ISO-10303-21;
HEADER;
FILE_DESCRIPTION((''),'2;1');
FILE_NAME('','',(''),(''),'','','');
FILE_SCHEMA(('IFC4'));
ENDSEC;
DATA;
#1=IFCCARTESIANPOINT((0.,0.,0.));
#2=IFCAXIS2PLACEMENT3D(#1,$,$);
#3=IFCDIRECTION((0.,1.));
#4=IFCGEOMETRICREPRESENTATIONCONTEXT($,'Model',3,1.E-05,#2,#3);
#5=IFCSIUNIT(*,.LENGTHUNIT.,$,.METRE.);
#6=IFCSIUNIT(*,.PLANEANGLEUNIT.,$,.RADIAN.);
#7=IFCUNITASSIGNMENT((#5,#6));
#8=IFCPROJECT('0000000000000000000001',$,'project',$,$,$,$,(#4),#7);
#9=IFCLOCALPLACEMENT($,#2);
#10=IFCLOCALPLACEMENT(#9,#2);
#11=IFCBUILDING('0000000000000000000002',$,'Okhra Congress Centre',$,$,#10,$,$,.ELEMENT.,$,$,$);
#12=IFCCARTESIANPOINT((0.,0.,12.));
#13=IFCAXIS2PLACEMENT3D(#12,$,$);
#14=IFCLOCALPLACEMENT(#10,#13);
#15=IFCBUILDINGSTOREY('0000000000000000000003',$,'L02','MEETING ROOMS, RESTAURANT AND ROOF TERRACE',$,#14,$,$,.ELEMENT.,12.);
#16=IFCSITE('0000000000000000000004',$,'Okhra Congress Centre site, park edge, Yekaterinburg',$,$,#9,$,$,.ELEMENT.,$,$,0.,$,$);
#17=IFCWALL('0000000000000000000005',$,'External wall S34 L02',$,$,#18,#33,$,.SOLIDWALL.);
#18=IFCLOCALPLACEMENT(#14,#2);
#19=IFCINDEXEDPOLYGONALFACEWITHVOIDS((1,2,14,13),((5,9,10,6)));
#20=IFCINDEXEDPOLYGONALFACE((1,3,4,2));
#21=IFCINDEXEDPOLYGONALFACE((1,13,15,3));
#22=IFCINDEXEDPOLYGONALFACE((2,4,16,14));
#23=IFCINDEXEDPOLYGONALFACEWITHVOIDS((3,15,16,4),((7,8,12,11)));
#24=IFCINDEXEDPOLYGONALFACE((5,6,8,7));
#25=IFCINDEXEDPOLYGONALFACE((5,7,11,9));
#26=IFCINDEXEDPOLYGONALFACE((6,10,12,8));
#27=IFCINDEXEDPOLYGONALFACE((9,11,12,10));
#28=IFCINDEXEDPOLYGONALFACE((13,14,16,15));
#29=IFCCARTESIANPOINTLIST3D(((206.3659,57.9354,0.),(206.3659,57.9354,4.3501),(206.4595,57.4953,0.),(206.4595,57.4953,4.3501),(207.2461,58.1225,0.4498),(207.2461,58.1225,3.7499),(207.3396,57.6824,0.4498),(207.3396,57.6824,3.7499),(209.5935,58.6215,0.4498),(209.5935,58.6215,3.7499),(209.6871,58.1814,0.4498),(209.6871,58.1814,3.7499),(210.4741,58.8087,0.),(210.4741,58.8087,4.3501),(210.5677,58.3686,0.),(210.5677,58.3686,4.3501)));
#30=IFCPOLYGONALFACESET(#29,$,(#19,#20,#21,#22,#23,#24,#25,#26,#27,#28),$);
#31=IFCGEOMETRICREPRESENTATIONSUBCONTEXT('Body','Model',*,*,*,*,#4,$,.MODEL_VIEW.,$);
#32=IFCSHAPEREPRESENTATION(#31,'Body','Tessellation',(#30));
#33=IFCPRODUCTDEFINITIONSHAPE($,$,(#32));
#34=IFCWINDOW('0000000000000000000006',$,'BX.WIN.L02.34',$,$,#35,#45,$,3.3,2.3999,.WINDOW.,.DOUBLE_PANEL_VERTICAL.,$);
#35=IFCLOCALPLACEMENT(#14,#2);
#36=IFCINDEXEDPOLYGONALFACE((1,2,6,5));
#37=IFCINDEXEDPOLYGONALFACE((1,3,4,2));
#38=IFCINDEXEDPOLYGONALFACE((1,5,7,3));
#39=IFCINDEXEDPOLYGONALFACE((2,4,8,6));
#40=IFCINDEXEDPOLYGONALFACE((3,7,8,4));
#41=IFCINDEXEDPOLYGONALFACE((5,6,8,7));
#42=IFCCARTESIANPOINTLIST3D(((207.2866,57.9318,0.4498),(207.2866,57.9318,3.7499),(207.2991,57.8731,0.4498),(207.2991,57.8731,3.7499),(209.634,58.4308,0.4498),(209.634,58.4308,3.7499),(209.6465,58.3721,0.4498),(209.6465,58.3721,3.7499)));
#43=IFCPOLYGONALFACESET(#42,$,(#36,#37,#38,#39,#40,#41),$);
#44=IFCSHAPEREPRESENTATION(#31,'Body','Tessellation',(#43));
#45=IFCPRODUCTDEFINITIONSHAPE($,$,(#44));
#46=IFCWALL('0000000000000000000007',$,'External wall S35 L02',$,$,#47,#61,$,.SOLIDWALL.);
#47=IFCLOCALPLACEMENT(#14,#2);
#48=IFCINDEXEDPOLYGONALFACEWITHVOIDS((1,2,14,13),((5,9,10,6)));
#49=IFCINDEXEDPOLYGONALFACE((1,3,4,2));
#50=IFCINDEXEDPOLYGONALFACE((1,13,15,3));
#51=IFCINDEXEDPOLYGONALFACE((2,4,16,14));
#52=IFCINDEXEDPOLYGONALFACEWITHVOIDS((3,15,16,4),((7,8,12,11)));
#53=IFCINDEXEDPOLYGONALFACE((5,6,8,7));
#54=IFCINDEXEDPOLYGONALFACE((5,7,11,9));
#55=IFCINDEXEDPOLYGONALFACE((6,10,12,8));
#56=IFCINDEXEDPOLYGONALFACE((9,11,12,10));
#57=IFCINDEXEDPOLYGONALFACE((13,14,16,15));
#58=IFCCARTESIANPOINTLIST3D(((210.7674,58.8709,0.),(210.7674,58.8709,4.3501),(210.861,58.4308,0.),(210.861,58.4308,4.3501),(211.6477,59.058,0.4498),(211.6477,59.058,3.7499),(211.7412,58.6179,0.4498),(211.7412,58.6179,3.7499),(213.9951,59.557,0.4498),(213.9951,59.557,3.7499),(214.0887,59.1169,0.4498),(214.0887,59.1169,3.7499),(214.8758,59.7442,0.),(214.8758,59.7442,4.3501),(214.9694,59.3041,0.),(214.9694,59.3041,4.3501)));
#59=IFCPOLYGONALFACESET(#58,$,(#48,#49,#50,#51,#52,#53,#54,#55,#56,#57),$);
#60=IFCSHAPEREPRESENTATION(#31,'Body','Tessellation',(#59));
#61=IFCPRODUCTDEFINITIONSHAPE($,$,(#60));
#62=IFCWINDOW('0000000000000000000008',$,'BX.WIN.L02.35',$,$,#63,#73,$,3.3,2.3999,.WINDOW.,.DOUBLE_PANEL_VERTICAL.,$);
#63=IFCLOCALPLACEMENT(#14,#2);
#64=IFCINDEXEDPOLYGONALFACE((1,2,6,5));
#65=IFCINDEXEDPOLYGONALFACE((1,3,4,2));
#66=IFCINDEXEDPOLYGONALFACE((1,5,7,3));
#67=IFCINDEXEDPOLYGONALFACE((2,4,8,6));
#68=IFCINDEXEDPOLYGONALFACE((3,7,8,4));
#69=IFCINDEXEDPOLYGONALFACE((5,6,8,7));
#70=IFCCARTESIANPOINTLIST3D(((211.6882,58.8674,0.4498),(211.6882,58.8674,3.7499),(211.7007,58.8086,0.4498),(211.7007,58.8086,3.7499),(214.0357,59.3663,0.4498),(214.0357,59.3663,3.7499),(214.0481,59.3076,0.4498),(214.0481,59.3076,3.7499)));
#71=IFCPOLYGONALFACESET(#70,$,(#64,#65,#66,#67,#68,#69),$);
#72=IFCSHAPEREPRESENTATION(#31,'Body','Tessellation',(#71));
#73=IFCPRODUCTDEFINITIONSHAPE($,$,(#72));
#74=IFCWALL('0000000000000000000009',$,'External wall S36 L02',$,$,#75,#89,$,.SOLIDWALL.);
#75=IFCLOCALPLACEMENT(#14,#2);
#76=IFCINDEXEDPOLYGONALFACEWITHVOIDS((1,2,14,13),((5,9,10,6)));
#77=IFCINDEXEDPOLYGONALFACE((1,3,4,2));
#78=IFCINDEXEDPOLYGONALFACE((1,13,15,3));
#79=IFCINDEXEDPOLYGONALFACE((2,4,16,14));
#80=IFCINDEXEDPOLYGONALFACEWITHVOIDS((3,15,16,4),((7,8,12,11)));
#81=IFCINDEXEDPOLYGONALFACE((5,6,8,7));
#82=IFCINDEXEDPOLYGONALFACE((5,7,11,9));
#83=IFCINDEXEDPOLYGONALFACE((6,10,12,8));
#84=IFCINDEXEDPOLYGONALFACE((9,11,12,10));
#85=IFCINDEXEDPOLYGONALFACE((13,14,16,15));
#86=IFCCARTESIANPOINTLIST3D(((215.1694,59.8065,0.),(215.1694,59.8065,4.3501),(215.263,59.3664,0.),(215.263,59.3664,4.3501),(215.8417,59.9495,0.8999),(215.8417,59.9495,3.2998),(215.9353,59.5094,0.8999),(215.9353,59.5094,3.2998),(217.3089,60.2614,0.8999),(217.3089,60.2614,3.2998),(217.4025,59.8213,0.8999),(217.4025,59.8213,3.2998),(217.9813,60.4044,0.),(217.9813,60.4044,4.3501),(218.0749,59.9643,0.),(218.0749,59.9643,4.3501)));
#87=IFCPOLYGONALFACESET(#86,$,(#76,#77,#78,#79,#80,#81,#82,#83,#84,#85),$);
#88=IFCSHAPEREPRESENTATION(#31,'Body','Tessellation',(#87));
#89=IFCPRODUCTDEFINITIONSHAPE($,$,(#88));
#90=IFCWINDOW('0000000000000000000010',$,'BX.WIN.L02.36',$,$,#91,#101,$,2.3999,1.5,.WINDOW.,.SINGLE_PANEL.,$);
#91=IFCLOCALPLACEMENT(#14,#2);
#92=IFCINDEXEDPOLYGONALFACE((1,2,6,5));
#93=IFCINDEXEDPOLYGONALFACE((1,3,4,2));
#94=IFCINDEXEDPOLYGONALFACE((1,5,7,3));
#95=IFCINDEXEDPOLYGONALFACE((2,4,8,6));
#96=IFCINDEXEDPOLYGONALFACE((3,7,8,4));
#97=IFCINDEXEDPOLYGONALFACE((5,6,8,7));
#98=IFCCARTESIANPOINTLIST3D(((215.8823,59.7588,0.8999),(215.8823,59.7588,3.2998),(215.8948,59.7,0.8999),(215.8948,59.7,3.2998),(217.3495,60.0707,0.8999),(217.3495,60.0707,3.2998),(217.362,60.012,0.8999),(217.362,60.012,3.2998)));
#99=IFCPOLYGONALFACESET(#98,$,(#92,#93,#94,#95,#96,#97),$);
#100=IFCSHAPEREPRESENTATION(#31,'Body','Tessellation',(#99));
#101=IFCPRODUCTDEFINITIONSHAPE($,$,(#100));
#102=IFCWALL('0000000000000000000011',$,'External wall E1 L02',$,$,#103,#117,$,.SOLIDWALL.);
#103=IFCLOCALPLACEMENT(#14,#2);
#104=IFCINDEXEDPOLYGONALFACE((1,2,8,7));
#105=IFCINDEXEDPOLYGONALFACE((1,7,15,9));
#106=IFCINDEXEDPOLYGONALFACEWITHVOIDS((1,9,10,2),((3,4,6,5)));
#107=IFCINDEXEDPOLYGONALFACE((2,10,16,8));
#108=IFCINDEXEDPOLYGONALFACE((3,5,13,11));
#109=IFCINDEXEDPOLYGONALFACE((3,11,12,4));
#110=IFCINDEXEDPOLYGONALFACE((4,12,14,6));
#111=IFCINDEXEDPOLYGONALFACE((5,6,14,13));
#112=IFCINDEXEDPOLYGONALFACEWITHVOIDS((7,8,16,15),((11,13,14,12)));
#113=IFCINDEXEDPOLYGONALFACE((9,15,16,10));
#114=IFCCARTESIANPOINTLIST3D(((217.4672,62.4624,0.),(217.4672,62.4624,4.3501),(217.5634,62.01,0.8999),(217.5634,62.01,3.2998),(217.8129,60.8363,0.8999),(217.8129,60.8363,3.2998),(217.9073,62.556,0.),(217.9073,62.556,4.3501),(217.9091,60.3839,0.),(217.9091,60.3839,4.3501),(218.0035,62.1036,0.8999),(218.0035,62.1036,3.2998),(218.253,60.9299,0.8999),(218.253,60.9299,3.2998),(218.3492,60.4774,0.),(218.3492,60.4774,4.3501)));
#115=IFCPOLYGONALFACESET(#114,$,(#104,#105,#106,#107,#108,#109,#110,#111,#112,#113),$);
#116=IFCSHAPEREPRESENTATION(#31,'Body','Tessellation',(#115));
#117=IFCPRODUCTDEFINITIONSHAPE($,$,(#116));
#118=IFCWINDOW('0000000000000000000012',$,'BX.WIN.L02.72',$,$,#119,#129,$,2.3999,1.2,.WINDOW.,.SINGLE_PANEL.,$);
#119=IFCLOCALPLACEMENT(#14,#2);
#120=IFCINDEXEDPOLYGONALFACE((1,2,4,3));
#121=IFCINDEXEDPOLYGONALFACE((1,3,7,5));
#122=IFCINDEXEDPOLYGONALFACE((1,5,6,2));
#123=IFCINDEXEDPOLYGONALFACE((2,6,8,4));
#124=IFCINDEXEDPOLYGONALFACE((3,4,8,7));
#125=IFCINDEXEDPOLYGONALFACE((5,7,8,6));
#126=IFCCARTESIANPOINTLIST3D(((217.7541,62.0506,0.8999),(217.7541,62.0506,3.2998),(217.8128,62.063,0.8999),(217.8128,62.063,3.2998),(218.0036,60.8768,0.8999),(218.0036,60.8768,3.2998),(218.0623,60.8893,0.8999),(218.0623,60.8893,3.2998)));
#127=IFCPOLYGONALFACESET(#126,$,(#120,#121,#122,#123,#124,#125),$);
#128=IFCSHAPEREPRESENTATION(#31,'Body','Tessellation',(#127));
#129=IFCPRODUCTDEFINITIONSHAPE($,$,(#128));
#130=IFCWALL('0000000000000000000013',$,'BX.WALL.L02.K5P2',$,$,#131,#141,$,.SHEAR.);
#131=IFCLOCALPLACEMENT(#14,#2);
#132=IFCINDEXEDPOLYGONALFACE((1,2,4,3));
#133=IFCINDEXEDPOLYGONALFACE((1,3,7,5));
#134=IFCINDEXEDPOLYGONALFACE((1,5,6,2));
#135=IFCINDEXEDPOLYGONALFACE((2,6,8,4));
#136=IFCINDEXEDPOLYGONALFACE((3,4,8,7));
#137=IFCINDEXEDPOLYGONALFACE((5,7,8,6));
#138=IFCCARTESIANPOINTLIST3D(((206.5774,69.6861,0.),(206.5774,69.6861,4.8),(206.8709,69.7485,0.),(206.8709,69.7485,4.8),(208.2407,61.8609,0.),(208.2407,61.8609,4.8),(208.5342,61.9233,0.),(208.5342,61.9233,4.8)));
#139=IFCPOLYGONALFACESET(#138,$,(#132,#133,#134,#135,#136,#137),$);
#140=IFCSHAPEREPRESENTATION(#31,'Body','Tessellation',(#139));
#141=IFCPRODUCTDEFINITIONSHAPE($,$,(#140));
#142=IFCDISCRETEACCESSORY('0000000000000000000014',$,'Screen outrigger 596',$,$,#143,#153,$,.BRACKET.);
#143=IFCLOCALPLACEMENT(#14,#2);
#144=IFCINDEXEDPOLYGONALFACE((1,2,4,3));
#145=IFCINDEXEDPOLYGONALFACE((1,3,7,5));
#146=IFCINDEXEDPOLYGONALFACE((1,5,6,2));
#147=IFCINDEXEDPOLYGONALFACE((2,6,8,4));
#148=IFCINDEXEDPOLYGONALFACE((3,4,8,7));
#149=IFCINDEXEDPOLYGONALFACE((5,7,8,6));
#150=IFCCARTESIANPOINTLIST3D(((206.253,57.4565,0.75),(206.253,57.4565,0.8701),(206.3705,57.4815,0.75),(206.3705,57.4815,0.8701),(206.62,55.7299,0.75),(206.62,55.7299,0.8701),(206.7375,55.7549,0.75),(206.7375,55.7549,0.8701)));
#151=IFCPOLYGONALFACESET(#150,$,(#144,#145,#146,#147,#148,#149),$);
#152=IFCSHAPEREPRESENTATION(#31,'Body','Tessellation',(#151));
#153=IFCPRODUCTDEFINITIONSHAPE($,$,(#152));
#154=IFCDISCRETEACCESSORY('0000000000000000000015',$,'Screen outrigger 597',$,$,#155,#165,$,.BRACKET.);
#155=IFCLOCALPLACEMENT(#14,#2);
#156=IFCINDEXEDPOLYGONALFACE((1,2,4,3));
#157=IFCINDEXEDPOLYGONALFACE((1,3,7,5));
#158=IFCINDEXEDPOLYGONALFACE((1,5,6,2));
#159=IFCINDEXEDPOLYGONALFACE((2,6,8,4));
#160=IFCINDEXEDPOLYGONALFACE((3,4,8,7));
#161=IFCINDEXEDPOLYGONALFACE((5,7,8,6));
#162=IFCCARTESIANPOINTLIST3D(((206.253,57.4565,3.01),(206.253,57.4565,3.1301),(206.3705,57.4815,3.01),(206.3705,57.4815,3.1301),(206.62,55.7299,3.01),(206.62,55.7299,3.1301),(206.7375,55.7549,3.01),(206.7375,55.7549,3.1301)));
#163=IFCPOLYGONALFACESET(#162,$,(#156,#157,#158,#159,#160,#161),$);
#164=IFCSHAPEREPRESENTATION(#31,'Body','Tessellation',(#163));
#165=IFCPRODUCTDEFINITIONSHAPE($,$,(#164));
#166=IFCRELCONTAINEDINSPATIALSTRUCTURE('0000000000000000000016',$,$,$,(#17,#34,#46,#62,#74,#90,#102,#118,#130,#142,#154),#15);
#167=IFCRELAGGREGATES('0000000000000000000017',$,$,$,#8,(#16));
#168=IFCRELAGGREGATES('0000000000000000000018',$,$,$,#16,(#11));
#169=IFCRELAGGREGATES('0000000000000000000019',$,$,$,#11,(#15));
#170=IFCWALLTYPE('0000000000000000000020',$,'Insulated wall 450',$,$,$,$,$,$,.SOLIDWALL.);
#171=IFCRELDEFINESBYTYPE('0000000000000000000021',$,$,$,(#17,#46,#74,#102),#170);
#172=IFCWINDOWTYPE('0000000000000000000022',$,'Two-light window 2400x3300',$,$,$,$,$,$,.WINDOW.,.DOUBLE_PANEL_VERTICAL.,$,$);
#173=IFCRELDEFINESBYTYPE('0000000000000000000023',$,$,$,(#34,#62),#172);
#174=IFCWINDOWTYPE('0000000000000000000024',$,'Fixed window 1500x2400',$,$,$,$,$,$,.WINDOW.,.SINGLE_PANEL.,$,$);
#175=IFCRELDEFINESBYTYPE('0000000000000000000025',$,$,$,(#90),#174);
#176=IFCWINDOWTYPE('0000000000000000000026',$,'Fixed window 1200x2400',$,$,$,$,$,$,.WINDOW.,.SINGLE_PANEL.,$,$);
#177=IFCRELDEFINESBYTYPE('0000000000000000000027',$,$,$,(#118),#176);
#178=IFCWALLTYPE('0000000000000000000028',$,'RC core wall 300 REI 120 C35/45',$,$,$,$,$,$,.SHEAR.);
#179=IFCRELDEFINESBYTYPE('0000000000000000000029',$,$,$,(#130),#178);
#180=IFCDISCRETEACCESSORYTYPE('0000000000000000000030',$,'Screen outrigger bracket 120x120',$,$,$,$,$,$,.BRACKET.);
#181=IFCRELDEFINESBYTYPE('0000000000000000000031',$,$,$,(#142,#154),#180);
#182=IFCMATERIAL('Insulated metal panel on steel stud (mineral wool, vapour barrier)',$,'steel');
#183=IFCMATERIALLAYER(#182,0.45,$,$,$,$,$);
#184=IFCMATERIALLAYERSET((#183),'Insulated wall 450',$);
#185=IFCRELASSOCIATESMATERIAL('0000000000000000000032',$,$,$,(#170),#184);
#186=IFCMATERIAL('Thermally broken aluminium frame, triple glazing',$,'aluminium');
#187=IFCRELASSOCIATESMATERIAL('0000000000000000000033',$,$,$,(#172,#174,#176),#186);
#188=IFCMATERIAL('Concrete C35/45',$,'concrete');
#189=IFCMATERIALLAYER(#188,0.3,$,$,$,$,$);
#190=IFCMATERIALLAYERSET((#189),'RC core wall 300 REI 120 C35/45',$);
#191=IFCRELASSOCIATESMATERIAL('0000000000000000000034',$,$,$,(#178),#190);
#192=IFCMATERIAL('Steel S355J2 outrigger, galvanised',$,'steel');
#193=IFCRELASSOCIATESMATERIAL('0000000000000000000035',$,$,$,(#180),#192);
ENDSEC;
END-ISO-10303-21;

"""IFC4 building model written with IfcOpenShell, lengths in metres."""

from ifc_helpers import new_model, si_unit, direction, frame, frame_2d, origin, origin_2d, place, context, subcontext, project, spatial, rectangle, extrude, material, layer, layer_set, material_profile, profile_set, type_object, element, fill, save


model = new_model("IFC4")

# Units and contexts
model_context = context("Model", 3, precision=1e-05, world=origin(), true_north=direction((0.0, 1.0)))
body_context = subcontext(model_context, "Body", "Model", "MODEL_VIEW")
ifc_project = project(units=[si_unit("LENGTHUNIT", "METRE"), si_unit("PLANEANGLEUNIT", "RADIAN")], contexts=[model_context])

# Site, building, storey
site_placement = place(None, origin())
site = spatial("IfcSite", under=ifc_project, at=site_placement, Name="Okhra Congress Centre site, park edge, Yekaterinburg", CompositionType="ELEMENT", RefElevation=0.0)
building_placement = place(site_placement, origin())
building = spatial("IfcBuilding", under=site, at=building_placement, Name="Okhra Congress Centre", CompositionType="ELEMENT")
storey_placement = place(building_placement, frame((0.0, 0.0, 12.0)))
storey = spatial("IfcBuildingStorey", under=building, at=storey_placement, Name="L02", Description="MEETING ROOMS, RESTAURANT AND ROOF TERRACE", CompositionType="ELEMENT", Elevation=12.0)

# Walls, openings, windows
ifc_material_1 = material(Name="Insulated metal panel on steel stud (mineral wool, vapour barrier)", Category="steel")
ifc_layer_1 = layer(ifc_material_1, 0.45)
ifc_layer_set_1 = layer_set([ifc_layer_1], Name="Insulated wall 450")
wall_type_1 = type_object("IfcWallType", Name="Insulated wall 450", PredefinedType="SOLIDWALL", material=ifc_layer_set_1)
wall_1_placement = place(storey_placement, frame((206.4126, 57.7153, 0.0), z_axis=(0.0, 0.0, 1.0), x_axis=(0.978144, 0.207929, 0.0)))
wall_1 = element("IfcWall", 1, at=wall_1_placement, inside=storey, type_object=wall_type_1, Name="External wall S34 L02", PredefinedType="SOLIDWALL", context=body_context, shape_type="SweptSolid", body=[
    extrude(rectangle(XDim=4.2, YDim=0.45, at=frame_2d((2.1001, 0.0))), origin(), (0.0, 0.0, 1.0), 4.3501),
])
opening_1_placement = place(wall_1_placement, frame((0.8999, 0.0, 0.45)))
opening_1 = element("IfcOpeningElement", 2, at=opening_1_placement, cuts=wall_1, PredefinedType="OPENING", context=body_context, shape_type="SweptSolid", body=[
    extrude(rectangle(XDim=2.3999, YDim=3.3, at=frame_2d((1.2, 1.6499))), frame((0.0, 0.2349, 0.0), z_axis=(0.0, -1.0, 0.0), x_axis=(1.0, 0.0, 0.0)), (0.0, 0.0, 1.0), 0.47),
])
ifc_material_2 = material(Name="Thermally broken aluminium frame, triple glazing", Category="aluminium")
window_type_1 = type_object("IfcWindowType", Name="Two-light window 2400x3300", PartitioningType="DOUBLE_PANEL_VERTICAL", PredefinedType="WINDOW", material=ifc_material_2)
window_1_placement = place(opening_1_placement, origin())
window_1 = element("IfcWindow", 3, at=window_1_placement, inside=storey, type_object=window_type_1, Name="BX.WIN.L02.34", OverallHeight=3.3, OverallWidth=2.3999, PartitioningType="DOUBLE_PANEL_VERTICAL", PredefinedType="WINDOW", context=body_context, shape_type="SweptSolid", body=[
    extrude(rectangle(XDim=2.3999, YDim=3.3, at=frame_2d((1.2, 1.6499))), frame((0.0, 0.03, 0.0), z_axis=(0.0, -1.0, 0.0), x_axis=(1.0, 0.0, 0.0)), (0.0, 0.0, 1.0), 0.0601),
])
fill(opening_1, window_1)
wall_2_placement = place(storey_placement, frame((210.8142, 58.6509, 0.0), z_axis=(0.0, 0.0, 1.0), x_axis=(0.978146, 0.207917, 0.0)))
wall_2 = element("IfcWall", 4, at=wall_2_placement, inside=storey, type_object=wall_type_1, Name="External wall S35 L02", PredefinedType="SOLIDWALL", context=body_context, shape_type="SweptSolid", body=[
    extrude(rectangle(XDim=4.2002, YDim=0.45, at=frame_2d((2.1001, 0.0))), origin(), (0.0, 0.0, 1.0), 4.3501),
])
opening_2_placement = place(wall_2_placement, frame((0.8999, 0.0, 0.45)))
opening_2 = element("IfcOpeningElement", 5, at=opening_2_placement, cuts=wall_2, PredefinedType="OPENING", context=body_context, shape_type="SweptSolid", body=[
    extrude(rectangle(XDim=2.3999, YDim=3.3, at=frame_2d((1.2, 1.6499))), frame((0.0, 0.2349, 0.0), z_axis=(0.0, -1.0, 0.0), x_axis=(1.0, 0.0, 0.0)), (0.0, 0.0, 1.0), 0.47),
])
window_2_placement = place(opening_2_placement, origin())
window_2 = element("IfcWindow", 6, at=window_2_placement, inside=storey, type_object=window_type_1, Name="BX.WIN.L02.35", OverallHeight=3.3, OverallWidth=2.3999, PartitioningType="DOUBLE_PANEL_VERTICAL", PredefinedType="WINDOW", context=body_context, shape_type="SweptSolid", body=[
    extrude(rectangle(XDim=2.3999, YDim=3.3, at=frame_2d((1.2, 1.6499))), frame((0.0, 0.03, 0.0), z_axis=(0.0, -1.0, 0.0), x_axis=(1.0, 0.0, 0.0)), (0.0, 0.0, 1.0), 0.0601),
])
fill(opening_2, window_2)
wall_3_placement = place(storey_placement, frame((215.2161, 59.5864, 0.0), z_axis=(0.0, 0.0, 1.0), x_axis=(0.978134, 0.207975, 0.0)))
wall_3 = element("IfcWall", 7, at=wall_3_placement, inside=storey, type_object=wall_type_1, Name="External wall S36 L02", PredefinedType="SOLIDWALL", context=body_context, shape_type="SweptSolid", body=[
    extrude(rectangle(XDim=2.8748, YDim=0.45, at=frame_2d((1.4375, 0.0))), origin(), (0.0, 0.0, 1.0), 4.3501),
])
opening_3_placement = place(wall_3_placement, frame((0.6875, 0.0, 0.8999)))
opening_3 = element("IfcOpeningElement", 8, at=opening_3_placement, cuts=wall_3, PredefinedType="OPENING", context=body_context, shape_type="SweptSolid", body=[
    extrude(rectangle(XDim=1.5, YDim=2.3999, at=frame_2d((0.75, 1.2))), frame((0.0, 0.2349, 0.0), z_axis=(0.0, -1.0, 0.0), x_axis=(1.0, 0.0, 0.0)), (0.0, 0.0, 1.0), 0.47),
])
window_type_2 = type_object("IfcWindowType", Name="Fixed window 1500x2400", PartitioningType="SINGLE_PANEL", PredefinedType="WINDOW", material=ifc_material_2)
window_3_placement = place(opening_3_placement, origin())
window_3 = element("IfcWindow", 9, at=window_3_placement, inside=storey, type_object=window_type_2, Name="BX.WIN.L02.36", OverallHeight=2.3999, OverallWidth=1.5, PartitioningType="SINGLE_PANEL", PredefinedType="WINDOW", context=body_context, shape_type="SweptSolid", body=[
    extrude(rectangle(XDim=1.5, YDim=2.3999, at=frame_2d((0.75, 1.2))), frame((0.0, 0.03, 0.0), z_axis=(0.0, -1.0, 0.0), x_axis=(1.0, 0.0, 0.0)), (0.0, 0.0, 1.0), 0.0601),
])
fill(opening_3, window_3)
wall_4_placement = place(storey_placement, frame((218.1292, 60.4307, 0.0), z_axis=(0.0, 0.0, 1.0), x_axis=(-0.207944, 0.978141, 0.0)))
wall_4 = element("IfcWall", 10, at=wall_4_placement, inside=storey, type_object=wall_type_1, Name="External wall E1 L02", PredefinedType="SOLIDWALL", context=body_context, shape_type="SweptSolid", body=[
    extrude(rectangle(XDim=2.125, YDim=0.45, at=frame_2d((1.0625, 0.0))), origin(), (0.0, 0.0, 1.0), 4.3501),
])
opening_4_placement = place(wall_4_placement, frame((0.4624, 0.0, 0.8999)))
opening_4 = element("IfcOpeningElement", 11, at=opening_4_placement, cuts=wall_4, PredefinedType="OPENING", context=body_context, shape_type="SweptSolid", body=[
    extrude(rectangle(XDim=1.2, YDim=2.3999, at=frame_2d((0.6001, 1.2))), frame((0.0, 0.2349, 0.0), z_axis=(0.0, -1.0, 0.0), x_axis=(1.0, 0.0, 0.0)), (0.0, 0.0, 1.0), 0.47),
])
window_type_3 = type_object("IfcWindowType", Name="Fixed window 1200x2400", PartitioningType="SINGLE_PANEL", PredefinedType="WINDOW", material=ifc_material_2)
window_4_placement = place(opening_4_placement, origin())
window_4 = element("IfcWindow", 12, at=window_4_placement, inside=storey, type_object=window_type_3, Name="BX.WIN.L02.72", OverallHeight=2.3999, OverallWidth=1.2, PartitioningType="SINGLE_PANEL", PredefinedType="WINDOW", context=body_context, shape_type="SweptSolid", body=[
    extrude(rectangle(XDim=1.2, YDim=2.3999, at=frame_2d((0.6001, 1.2))), frame((0.0, 0.03, 0.0), z_axis=(0.0, -1.0, 0.0), x_axis=(1.0, 0.0, 0.0)), (0.0, 0.0, 1.0), 0.0601),
])
fill(opening_4, window_4)

# Wall
ifc_material_3 = material(Name="Concrete C35/45", Category="concrete")
ifc_layer_2 = layer(ifc_material_3, 0.3)
ifc_layer_set_2 = layer_set([ifc_layer_2], Name="RC core wall 300 REI 120 C35/45")
wall_type_2 = type_object("IfcWallType", Name="RC core wall 300 REI 120 C35/45", PredefinedType="SHEAR", material=ifc_layer_set_2)
wall_5_placement = place(storey_placement, frame((208.3875, 61.8921, 0.0), z_axis=(0.0, 0.0, 1.0), x_axis=(-0.207916, 0.978147, 0.0)))
element("IfcWall", 13, at=wall_5_placement, inside=storey, type_object=wall_type_2, Name="BX.WALL.L02.K5P2", PredefinedType="SHEAR", context=body_context, shape_type="SweptSolid", body=[
    extrude(rectangle(XDim=8.0, YDim=0.3, at=frame_2d((4.0, 0.0))), origin(), (0.0, 0.0, 1.0), 4.8),
])

# Discrete accessories
ifc_material_4 = material(Name="Steel S355J2 outrigger, galvanised", Category="steel")
ifc_material_profile_1 = material_profile(ifc_material_4, rectangle(XDim=0.1201, YDim=0.1201, at=origin_2d()), Name="Screen outrigger bracket 120x120")
ifc_profile_set_1 = profile_set([ifc_material_profile_1], Name="Steel S355J2 outrigger, galvanised")
discrete_accessory_type = type_object("IfcDiscreteAccessoryType", Name="Screen outrigger bracket 120x120", PredefinedType="BRACKET", material=ifc_profile_set_1)
for number, where, z_axis, x_axis, name in (
    (14, (206.3118, 57.469, 0.8101), (0.207885, -0.978153, 0.0), (0.978153, 0.207885, 0.0), "Screen outrigger 596"),
    (15, (206.3118, 57.469, 3.0701), (0.207885, -0.978153, 0.0), (0.978153, 0.207885, 0.0), "Screen outrigger 597"),
):
    element("IfcDiscreteAccessory", number, at=place(storey_placement, frame(where, z_axis=z_axis, x_axis=x_axis)), inside=storey, type_object=discrete_accessory_type, Name=name, PredefinedType="BRACKET", context=body_context, shape_type="SweptSolid", body=[
        extrude(rectangle(XDim=0.1201, YDim=0.1201, at=origin_2d()), origin(), (0.0, 0.0, 1.0), 1.7651),
    ])

save(model, "model.ifc")
